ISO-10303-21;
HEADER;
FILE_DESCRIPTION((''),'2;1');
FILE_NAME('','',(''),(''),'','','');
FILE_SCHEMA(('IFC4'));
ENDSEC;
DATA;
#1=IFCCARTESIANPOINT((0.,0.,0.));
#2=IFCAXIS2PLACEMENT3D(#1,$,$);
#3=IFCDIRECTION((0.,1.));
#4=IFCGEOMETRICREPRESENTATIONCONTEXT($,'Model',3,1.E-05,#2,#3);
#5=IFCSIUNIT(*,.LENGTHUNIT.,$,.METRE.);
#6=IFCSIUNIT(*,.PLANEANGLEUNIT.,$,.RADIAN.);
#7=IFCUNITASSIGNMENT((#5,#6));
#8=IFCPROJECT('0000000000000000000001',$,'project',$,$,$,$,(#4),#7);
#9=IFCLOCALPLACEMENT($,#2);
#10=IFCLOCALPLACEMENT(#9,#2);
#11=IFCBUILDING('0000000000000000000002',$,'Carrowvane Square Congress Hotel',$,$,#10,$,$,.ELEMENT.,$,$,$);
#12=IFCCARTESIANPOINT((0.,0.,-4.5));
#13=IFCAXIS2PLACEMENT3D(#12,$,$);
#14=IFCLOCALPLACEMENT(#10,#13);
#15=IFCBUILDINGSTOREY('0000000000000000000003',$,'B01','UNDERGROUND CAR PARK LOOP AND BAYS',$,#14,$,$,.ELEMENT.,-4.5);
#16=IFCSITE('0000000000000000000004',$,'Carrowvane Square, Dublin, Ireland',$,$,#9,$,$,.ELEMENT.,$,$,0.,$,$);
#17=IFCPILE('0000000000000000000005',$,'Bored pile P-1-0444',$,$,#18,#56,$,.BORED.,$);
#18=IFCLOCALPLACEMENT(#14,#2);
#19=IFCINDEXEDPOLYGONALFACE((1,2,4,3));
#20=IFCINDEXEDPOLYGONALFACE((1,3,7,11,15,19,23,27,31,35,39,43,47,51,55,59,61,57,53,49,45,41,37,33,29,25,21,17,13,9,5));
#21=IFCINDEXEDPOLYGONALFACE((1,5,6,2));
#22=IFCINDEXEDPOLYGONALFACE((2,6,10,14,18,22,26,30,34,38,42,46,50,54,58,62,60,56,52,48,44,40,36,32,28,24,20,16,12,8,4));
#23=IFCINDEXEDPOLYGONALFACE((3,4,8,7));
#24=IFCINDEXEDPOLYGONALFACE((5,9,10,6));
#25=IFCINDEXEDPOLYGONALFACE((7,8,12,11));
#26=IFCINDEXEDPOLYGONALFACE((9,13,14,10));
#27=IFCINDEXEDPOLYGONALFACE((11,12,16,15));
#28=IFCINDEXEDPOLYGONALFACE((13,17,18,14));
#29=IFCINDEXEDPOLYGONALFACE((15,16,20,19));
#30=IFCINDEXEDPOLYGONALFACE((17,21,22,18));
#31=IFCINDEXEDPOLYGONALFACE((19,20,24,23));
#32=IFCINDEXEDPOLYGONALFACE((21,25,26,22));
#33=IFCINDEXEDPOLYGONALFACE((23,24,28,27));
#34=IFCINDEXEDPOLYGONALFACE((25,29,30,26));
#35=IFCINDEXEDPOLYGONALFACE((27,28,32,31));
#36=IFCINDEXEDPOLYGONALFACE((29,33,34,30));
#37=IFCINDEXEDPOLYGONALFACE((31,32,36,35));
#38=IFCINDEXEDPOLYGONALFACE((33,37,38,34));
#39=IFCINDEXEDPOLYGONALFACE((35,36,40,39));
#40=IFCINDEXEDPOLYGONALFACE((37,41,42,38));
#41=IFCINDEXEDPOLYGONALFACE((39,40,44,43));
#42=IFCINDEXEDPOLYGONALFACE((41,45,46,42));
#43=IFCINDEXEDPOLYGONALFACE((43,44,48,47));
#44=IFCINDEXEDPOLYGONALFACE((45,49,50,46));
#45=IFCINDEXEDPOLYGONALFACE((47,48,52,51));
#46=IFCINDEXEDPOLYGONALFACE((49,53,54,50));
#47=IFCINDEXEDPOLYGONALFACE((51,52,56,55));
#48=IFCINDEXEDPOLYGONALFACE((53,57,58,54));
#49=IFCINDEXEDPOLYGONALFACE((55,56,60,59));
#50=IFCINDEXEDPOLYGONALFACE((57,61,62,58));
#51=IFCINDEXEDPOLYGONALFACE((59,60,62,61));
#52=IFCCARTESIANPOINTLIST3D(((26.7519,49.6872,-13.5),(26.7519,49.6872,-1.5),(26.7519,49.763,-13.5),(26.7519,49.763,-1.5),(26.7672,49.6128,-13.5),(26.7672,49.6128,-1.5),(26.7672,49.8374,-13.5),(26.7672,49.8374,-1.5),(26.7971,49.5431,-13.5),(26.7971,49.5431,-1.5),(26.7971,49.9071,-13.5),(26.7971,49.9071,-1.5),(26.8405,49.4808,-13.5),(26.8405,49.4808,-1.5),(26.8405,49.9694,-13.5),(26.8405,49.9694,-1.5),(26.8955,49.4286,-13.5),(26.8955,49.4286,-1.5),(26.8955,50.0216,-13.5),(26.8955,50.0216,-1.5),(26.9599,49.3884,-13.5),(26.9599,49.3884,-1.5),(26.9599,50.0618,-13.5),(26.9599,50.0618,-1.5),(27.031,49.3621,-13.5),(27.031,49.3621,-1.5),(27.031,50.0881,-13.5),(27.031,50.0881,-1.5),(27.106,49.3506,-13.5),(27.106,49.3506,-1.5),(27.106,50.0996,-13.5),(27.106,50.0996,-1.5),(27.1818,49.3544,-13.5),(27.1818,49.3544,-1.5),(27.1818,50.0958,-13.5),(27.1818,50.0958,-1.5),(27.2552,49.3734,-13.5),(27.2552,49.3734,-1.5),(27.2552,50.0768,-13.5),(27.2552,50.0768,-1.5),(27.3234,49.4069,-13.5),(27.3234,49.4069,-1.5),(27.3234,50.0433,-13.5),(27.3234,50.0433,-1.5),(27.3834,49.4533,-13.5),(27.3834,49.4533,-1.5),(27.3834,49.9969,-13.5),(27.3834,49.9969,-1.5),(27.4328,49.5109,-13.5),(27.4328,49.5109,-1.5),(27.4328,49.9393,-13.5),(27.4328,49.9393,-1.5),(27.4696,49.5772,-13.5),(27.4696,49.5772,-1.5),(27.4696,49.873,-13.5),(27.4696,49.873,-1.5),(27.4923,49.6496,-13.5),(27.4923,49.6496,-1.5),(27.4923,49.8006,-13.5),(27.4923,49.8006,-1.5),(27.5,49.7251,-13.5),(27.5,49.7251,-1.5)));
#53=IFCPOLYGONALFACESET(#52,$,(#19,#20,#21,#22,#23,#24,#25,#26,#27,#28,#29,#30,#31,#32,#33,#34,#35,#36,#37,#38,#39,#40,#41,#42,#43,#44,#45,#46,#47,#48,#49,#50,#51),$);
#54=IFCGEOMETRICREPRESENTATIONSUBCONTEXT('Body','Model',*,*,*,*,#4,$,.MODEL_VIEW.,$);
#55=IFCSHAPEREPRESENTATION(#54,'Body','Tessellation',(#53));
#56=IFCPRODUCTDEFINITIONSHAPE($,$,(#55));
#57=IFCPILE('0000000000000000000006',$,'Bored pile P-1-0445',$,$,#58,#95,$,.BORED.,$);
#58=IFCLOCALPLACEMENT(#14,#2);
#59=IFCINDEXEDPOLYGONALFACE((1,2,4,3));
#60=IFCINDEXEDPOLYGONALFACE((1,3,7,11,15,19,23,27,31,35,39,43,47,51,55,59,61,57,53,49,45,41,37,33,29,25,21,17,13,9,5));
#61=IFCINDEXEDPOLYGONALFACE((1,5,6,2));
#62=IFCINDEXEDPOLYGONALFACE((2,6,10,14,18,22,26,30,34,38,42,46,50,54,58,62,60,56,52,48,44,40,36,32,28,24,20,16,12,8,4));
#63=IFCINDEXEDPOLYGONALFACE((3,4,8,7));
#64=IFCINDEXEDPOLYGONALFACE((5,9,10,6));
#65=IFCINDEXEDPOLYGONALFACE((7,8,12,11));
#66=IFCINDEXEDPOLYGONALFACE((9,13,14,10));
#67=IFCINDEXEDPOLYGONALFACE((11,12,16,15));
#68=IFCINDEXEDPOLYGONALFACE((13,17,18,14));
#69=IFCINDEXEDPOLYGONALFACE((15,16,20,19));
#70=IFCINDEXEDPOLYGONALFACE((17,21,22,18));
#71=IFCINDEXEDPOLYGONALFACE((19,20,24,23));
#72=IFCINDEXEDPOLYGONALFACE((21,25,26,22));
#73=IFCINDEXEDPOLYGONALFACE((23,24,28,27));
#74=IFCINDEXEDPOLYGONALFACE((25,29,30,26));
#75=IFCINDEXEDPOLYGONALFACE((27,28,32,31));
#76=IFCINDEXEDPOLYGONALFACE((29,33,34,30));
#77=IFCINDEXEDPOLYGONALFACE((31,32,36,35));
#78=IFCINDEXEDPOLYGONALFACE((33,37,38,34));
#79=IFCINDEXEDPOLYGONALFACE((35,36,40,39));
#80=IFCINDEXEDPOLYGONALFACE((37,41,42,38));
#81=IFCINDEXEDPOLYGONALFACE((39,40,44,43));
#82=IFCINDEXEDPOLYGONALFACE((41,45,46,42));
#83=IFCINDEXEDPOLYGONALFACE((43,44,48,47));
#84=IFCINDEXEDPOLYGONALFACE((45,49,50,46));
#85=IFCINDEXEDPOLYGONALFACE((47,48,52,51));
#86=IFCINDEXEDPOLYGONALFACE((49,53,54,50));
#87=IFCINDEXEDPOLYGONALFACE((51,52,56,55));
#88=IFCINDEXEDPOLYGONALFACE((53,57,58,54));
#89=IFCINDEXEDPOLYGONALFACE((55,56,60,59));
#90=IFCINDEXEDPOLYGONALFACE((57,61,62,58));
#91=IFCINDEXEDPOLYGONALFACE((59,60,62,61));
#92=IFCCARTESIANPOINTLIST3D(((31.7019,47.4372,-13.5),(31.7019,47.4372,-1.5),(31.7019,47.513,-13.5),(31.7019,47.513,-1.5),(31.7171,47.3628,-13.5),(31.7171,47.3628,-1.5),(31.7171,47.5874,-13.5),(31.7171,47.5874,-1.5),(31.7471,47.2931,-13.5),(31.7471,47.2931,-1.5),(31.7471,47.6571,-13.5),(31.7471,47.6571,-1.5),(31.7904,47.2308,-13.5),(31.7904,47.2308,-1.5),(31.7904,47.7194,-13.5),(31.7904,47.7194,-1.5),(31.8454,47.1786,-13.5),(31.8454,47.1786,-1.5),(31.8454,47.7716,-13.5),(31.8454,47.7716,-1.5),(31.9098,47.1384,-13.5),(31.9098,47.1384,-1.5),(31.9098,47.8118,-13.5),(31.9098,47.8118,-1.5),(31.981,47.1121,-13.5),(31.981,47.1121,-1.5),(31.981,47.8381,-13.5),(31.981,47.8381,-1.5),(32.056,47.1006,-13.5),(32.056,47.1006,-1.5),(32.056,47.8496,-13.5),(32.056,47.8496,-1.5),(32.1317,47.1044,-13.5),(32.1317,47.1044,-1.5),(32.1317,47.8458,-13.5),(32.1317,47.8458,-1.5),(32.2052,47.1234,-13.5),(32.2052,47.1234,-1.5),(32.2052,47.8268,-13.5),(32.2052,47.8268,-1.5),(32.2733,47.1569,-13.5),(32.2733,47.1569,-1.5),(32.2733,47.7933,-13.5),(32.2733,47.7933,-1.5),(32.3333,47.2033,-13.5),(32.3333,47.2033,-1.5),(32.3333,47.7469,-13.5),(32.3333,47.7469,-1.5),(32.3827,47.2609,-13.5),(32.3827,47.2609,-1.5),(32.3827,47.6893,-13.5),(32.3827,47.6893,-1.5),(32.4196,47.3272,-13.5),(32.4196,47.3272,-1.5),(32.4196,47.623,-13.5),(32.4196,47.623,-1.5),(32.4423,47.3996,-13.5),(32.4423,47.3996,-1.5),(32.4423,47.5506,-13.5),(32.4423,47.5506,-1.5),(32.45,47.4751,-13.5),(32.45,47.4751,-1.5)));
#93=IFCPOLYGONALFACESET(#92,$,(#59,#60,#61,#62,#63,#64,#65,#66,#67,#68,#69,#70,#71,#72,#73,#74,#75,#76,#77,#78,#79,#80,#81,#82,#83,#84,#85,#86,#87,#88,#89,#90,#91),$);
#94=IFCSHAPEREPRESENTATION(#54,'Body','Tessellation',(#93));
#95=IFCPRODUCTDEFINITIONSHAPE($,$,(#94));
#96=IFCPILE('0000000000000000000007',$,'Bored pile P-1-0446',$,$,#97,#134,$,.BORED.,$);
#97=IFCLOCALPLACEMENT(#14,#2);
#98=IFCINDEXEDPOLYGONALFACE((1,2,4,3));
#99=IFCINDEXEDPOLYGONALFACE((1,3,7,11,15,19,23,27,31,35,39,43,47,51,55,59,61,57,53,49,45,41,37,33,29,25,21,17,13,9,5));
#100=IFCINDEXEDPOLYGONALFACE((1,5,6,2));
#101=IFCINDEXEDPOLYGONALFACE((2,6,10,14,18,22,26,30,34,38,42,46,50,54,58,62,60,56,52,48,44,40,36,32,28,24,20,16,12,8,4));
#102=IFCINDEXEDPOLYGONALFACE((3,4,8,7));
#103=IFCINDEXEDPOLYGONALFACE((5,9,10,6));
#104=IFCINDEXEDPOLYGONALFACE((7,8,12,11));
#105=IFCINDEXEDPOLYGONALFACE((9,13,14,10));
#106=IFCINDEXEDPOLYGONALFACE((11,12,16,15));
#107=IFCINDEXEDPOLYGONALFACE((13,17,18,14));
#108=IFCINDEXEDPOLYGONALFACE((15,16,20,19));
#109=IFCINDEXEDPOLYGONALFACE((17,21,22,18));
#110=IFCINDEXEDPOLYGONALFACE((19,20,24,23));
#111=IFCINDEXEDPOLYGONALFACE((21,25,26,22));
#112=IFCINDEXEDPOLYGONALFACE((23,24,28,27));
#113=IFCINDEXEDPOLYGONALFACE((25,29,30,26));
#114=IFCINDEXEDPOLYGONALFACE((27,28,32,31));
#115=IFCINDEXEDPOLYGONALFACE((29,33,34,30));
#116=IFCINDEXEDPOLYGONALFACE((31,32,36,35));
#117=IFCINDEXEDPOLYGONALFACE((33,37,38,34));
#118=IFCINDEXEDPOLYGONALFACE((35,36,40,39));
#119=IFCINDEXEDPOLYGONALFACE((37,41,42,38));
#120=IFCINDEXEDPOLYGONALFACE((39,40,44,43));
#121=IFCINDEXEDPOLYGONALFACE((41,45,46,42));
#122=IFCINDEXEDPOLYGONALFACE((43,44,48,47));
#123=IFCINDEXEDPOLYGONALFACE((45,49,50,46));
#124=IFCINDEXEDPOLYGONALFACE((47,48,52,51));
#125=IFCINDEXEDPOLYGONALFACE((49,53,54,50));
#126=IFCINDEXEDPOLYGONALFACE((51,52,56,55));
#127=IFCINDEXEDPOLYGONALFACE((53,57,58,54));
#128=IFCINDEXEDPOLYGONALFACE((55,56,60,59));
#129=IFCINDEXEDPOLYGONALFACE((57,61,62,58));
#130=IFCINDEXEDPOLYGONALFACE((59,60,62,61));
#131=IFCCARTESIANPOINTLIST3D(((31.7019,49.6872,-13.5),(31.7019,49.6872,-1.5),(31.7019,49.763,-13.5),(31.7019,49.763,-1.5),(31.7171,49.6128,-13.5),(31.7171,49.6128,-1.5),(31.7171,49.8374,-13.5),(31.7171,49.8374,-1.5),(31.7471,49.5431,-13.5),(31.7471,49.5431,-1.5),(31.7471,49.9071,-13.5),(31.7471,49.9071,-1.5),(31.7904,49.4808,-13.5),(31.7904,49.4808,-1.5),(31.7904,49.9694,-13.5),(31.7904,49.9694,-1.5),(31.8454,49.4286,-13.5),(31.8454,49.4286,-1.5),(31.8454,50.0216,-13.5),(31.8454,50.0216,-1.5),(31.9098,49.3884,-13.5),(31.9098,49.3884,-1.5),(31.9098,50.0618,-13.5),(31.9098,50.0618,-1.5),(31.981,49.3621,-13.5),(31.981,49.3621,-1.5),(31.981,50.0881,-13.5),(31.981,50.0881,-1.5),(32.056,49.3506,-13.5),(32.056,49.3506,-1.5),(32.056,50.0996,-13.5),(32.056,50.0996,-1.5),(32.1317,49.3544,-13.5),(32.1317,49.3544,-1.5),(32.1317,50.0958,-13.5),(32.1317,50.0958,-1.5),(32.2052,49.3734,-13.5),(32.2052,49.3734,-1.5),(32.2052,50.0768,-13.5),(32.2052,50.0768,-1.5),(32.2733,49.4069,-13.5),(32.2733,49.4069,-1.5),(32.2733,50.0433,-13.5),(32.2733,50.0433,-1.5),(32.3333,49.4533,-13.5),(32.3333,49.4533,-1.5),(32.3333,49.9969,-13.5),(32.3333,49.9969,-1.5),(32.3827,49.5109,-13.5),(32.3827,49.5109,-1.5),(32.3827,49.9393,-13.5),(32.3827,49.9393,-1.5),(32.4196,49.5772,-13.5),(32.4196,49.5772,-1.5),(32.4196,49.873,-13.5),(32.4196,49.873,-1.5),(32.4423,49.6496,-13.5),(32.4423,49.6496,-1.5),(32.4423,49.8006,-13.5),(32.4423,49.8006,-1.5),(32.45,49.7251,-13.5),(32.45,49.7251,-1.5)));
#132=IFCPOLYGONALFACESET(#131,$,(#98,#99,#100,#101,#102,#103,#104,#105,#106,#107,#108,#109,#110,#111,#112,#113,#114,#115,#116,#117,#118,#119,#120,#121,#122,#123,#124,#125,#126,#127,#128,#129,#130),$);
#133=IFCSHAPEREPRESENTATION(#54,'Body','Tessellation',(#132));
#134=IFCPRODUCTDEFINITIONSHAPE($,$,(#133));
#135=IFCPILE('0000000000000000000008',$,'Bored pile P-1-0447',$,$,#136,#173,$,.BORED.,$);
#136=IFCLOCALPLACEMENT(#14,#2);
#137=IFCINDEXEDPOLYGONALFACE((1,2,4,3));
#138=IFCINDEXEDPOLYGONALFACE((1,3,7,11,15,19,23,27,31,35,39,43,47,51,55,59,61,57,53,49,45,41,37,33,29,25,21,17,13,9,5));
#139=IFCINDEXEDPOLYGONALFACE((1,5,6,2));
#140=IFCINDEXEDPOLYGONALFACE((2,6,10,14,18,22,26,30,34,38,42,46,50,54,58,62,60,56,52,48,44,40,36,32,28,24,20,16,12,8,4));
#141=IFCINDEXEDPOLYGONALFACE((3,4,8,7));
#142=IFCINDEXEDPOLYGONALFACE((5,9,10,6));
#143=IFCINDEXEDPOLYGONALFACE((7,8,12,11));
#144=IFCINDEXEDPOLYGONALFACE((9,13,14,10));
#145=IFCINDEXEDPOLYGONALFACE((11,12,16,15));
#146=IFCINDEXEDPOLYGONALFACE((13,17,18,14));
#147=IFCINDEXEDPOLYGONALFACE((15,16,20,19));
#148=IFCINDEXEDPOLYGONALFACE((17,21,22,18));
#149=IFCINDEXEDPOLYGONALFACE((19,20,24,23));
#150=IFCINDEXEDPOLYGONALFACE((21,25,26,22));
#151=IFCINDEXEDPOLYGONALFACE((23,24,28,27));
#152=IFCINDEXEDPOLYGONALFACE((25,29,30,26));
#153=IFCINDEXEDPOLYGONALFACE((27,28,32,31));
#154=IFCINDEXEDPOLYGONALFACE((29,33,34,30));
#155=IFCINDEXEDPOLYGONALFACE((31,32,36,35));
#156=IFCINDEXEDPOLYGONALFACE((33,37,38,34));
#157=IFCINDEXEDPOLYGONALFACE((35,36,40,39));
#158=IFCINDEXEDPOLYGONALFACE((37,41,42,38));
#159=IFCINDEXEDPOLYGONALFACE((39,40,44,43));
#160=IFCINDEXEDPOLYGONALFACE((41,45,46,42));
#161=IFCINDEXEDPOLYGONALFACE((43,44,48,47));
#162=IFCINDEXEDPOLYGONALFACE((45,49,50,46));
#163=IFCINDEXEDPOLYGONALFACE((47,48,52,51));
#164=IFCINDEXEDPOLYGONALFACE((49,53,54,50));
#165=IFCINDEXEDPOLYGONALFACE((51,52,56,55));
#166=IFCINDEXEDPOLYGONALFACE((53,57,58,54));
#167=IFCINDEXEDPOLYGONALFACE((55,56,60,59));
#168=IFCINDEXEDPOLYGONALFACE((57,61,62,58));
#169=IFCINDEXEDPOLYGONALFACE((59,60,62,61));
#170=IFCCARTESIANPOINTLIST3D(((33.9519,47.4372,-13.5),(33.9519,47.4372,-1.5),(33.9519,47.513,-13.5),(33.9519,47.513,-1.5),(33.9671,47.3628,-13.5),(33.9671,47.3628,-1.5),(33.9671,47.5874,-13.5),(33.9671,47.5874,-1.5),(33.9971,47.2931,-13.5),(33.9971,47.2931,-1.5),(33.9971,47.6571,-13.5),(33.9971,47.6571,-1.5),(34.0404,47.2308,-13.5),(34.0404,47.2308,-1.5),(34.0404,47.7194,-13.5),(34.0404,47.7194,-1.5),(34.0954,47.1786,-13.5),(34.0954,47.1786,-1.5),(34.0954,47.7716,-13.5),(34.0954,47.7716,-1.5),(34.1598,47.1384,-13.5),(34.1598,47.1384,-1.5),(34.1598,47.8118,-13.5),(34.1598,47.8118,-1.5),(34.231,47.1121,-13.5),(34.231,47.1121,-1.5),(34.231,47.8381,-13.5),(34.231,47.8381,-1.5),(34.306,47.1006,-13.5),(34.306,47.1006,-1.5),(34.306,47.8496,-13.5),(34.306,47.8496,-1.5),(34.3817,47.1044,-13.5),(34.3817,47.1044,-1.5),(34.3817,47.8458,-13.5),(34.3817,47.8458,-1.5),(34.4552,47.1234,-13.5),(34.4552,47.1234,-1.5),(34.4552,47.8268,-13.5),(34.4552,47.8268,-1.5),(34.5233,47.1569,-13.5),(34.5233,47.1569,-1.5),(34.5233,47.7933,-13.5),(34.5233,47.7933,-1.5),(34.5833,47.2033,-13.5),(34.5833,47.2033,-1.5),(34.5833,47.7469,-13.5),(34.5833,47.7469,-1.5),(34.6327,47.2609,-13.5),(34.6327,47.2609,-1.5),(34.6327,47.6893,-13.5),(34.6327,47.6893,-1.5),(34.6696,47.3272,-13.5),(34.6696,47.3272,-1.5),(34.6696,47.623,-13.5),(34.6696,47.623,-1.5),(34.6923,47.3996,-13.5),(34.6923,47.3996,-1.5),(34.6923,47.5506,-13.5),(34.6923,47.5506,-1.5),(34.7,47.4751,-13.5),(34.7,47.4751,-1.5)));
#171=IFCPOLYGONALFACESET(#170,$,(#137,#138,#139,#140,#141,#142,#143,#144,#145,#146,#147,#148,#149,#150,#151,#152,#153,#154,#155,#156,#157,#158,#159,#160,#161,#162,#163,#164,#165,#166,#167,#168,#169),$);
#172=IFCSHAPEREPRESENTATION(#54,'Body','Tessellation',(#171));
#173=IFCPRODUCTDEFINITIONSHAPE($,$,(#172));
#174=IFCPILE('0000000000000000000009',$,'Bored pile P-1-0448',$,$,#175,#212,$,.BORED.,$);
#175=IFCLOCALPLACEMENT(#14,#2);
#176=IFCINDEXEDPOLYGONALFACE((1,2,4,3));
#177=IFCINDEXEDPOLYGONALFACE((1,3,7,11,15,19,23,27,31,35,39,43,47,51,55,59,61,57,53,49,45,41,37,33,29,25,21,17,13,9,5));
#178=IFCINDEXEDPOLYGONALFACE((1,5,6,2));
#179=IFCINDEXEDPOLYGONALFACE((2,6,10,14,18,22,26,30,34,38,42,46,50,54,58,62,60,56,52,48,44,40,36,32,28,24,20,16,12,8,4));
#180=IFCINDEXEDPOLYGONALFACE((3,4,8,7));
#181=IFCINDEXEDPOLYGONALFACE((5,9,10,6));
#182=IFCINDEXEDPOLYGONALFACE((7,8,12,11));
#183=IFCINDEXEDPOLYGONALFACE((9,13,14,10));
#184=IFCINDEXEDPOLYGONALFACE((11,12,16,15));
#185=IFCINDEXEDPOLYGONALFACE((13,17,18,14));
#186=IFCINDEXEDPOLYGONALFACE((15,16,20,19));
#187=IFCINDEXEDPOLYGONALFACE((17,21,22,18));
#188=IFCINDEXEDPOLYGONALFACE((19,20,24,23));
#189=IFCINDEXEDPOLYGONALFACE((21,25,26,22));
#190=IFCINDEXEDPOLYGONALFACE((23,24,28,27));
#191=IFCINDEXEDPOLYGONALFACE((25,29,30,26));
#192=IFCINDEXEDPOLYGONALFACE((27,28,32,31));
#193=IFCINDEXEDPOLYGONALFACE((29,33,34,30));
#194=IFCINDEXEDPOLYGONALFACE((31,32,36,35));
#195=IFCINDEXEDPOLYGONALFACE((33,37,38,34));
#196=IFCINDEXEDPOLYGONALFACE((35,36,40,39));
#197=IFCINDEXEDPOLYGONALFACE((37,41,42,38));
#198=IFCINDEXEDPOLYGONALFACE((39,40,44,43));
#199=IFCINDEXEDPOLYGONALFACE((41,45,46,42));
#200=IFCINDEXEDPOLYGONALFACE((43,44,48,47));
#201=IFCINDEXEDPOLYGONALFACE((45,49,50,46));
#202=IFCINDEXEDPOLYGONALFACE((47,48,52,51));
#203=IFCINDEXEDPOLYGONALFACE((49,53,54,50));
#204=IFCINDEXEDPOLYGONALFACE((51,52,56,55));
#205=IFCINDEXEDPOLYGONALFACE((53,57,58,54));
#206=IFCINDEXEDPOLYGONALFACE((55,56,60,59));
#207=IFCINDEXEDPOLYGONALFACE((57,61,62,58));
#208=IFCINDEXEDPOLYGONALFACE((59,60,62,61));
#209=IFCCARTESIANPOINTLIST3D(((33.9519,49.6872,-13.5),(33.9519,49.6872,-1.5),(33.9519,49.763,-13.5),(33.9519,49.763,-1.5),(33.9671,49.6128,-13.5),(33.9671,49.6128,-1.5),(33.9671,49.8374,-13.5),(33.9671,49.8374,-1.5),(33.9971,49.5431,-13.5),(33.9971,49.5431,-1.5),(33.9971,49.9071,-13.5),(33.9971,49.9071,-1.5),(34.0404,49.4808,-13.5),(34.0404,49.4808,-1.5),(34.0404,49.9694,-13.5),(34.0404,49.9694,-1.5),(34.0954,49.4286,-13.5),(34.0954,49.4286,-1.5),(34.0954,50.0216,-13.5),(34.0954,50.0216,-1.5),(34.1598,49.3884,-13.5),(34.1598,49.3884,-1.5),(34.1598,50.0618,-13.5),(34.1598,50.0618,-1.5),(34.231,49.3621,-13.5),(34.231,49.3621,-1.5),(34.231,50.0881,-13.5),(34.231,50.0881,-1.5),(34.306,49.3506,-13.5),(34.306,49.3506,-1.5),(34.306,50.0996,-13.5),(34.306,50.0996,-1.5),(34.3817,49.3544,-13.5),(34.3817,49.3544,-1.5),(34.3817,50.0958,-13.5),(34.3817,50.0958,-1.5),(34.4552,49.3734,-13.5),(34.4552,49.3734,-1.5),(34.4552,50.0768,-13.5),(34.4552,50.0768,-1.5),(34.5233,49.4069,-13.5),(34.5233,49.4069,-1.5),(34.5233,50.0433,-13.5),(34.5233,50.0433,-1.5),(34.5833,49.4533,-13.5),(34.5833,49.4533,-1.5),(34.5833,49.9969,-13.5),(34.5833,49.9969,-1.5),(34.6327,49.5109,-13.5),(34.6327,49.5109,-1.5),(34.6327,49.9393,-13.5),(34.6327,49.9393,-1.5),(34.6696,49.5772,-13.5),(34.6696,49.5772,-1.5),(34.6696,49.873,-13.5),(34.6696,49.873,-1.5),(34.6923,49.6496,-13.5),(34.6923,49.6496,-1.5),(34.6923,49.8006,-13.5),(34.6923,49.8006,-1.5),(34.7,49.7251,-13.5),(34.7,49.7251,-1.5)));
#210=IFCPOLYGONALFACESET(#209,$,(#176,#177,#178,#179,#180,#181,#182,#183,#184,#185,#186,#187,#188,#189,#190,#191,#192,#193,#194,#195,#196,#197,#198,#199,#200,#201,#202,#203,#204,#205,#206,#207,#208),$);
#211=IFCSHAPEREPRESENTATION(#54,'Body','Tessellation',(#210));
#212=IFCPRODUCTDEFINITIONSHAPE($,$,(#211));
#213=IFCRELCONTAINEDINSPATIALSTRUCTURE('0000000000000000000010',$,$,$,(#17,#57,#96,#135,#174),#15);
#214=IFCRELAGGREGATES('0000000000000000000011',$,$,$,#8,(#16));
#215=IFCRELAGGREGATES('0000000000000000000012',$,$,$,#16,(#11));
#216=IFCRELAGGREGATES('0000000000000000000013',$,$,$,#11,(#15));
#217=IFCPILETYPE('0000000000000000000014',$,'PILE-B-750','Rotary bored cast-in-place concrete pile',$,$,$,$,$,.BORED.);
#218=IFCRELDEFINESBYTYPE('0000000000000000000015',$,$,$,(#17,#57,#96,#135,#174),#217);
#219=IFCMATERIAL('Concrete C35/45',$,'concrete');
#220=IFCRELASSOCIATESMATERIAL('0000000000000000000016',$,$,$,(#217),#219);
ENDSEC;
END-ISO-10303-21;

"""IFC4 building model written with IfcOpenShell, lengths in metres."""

from ifc_helpers import new_model, si_unit, direction, frame, origin, origin_2d, place, context, subcontext, project, spatial, circle, extrude, material, material_profile, profile_set, type_object, element, save


model = new_model("IFC4")

# Units and contexts
model_context = context("Model", 3, precision=1e-05, world=origin(), true_north=direction((0.0, 1.0)))
body_context = subcontext(model_context, "Body", "Model", "MODEL_VIEW")
ifc_project = project(units=[si_unit("LENGTHUNIT", "METRE"), si_unit("PLANEANGLEUNIT", "RADIAN")], contexts=[model_context])

# Site, building, storey
site_placement = place(None, origin())
site = spatial("IfcSite", under=ifc_project, at=site_placement, Name="Carrowvane Square, Dublin, Ireland", CompositionType="ELEMENT", RefElevation=0.0)
building_placement = place(site_placement, origin())
building = spatial("IfcBuilding", under=site, at=building_placement, Name="Carrowvane Square Congress Hotel", CompositionType="ELEMENT")
storey_placement = place(building_placement, frame((0.0, 0.0, -4.5)))
storey = spatial("IfcBuildingStorey", under=building, at=storey_placement, Name="B01", Description="UNDERGROUND CAR PARK LOOP AND BAYS", CompositionType="ELEMENT", Elevation=-4.5)

# Piles
ifc_material_1 = material(Name="Concrete C35/45", Category="concrete")
ifc_material_profile_1 = material_profile(ifc_material_1, circle(Radius=0.375, at=origin_2d()), Name="PILE D750")
ifc_profile_set_1 = profile_set([ifc_material_profile_1], Name="Concrete C35/45")
pile_type = type_object("IfcPileType", Name="PILE-B-750", Description="Rotary bored cast-in-place concrete pile", PredefinedType="BORED", material=ifc_profile_set_1)
for number, where, z_axis, x_axis, name in (
    (1, (27.125, 49.7251, -1.5), (0.0, 0.0, -1.0), (1.0, 0.0, 0.0), "Bored pile P-1-0444"),
    (2, (32.075, 47.4751, -1.5), (0.0, 0.0, -1.0), (1.0, 0.0, 0.0), "Bored pile P-1-0445"),
    (3, (32.075, 49.7251, -1.5), (0.0, 0.0, -1.0), (1.0, 0.0, 0.0), "Bored pile P-1-0446"),
    (4, (34.325, 47.4751, -1.5), (0.0, 0.0, -1.0), (1.0, 0.0, 0.0), "Bored pile P-1-0447"),
    (5, (34.325, 49.7251, -1.5), (0.0, 0.0, -1.0), (1.0, 0.0, 0.0), "Bored pile P-1-0448"),
):
    element("IfcPile", number, at=place(storey_placement, frame(where, z_axis=z_axis, x_axis=x_axis)), inside=storey, type_object=pile_type, Name=name, PredefinedType="BORED", context=body_context, shape_type="SweptSolid", body=[
        extrude(circle(Radius=0.375, at=origin_2d()), origin(), (0.0, 0.0, 1.0), 12.0),
    ])

save(model, "model.ifc")
